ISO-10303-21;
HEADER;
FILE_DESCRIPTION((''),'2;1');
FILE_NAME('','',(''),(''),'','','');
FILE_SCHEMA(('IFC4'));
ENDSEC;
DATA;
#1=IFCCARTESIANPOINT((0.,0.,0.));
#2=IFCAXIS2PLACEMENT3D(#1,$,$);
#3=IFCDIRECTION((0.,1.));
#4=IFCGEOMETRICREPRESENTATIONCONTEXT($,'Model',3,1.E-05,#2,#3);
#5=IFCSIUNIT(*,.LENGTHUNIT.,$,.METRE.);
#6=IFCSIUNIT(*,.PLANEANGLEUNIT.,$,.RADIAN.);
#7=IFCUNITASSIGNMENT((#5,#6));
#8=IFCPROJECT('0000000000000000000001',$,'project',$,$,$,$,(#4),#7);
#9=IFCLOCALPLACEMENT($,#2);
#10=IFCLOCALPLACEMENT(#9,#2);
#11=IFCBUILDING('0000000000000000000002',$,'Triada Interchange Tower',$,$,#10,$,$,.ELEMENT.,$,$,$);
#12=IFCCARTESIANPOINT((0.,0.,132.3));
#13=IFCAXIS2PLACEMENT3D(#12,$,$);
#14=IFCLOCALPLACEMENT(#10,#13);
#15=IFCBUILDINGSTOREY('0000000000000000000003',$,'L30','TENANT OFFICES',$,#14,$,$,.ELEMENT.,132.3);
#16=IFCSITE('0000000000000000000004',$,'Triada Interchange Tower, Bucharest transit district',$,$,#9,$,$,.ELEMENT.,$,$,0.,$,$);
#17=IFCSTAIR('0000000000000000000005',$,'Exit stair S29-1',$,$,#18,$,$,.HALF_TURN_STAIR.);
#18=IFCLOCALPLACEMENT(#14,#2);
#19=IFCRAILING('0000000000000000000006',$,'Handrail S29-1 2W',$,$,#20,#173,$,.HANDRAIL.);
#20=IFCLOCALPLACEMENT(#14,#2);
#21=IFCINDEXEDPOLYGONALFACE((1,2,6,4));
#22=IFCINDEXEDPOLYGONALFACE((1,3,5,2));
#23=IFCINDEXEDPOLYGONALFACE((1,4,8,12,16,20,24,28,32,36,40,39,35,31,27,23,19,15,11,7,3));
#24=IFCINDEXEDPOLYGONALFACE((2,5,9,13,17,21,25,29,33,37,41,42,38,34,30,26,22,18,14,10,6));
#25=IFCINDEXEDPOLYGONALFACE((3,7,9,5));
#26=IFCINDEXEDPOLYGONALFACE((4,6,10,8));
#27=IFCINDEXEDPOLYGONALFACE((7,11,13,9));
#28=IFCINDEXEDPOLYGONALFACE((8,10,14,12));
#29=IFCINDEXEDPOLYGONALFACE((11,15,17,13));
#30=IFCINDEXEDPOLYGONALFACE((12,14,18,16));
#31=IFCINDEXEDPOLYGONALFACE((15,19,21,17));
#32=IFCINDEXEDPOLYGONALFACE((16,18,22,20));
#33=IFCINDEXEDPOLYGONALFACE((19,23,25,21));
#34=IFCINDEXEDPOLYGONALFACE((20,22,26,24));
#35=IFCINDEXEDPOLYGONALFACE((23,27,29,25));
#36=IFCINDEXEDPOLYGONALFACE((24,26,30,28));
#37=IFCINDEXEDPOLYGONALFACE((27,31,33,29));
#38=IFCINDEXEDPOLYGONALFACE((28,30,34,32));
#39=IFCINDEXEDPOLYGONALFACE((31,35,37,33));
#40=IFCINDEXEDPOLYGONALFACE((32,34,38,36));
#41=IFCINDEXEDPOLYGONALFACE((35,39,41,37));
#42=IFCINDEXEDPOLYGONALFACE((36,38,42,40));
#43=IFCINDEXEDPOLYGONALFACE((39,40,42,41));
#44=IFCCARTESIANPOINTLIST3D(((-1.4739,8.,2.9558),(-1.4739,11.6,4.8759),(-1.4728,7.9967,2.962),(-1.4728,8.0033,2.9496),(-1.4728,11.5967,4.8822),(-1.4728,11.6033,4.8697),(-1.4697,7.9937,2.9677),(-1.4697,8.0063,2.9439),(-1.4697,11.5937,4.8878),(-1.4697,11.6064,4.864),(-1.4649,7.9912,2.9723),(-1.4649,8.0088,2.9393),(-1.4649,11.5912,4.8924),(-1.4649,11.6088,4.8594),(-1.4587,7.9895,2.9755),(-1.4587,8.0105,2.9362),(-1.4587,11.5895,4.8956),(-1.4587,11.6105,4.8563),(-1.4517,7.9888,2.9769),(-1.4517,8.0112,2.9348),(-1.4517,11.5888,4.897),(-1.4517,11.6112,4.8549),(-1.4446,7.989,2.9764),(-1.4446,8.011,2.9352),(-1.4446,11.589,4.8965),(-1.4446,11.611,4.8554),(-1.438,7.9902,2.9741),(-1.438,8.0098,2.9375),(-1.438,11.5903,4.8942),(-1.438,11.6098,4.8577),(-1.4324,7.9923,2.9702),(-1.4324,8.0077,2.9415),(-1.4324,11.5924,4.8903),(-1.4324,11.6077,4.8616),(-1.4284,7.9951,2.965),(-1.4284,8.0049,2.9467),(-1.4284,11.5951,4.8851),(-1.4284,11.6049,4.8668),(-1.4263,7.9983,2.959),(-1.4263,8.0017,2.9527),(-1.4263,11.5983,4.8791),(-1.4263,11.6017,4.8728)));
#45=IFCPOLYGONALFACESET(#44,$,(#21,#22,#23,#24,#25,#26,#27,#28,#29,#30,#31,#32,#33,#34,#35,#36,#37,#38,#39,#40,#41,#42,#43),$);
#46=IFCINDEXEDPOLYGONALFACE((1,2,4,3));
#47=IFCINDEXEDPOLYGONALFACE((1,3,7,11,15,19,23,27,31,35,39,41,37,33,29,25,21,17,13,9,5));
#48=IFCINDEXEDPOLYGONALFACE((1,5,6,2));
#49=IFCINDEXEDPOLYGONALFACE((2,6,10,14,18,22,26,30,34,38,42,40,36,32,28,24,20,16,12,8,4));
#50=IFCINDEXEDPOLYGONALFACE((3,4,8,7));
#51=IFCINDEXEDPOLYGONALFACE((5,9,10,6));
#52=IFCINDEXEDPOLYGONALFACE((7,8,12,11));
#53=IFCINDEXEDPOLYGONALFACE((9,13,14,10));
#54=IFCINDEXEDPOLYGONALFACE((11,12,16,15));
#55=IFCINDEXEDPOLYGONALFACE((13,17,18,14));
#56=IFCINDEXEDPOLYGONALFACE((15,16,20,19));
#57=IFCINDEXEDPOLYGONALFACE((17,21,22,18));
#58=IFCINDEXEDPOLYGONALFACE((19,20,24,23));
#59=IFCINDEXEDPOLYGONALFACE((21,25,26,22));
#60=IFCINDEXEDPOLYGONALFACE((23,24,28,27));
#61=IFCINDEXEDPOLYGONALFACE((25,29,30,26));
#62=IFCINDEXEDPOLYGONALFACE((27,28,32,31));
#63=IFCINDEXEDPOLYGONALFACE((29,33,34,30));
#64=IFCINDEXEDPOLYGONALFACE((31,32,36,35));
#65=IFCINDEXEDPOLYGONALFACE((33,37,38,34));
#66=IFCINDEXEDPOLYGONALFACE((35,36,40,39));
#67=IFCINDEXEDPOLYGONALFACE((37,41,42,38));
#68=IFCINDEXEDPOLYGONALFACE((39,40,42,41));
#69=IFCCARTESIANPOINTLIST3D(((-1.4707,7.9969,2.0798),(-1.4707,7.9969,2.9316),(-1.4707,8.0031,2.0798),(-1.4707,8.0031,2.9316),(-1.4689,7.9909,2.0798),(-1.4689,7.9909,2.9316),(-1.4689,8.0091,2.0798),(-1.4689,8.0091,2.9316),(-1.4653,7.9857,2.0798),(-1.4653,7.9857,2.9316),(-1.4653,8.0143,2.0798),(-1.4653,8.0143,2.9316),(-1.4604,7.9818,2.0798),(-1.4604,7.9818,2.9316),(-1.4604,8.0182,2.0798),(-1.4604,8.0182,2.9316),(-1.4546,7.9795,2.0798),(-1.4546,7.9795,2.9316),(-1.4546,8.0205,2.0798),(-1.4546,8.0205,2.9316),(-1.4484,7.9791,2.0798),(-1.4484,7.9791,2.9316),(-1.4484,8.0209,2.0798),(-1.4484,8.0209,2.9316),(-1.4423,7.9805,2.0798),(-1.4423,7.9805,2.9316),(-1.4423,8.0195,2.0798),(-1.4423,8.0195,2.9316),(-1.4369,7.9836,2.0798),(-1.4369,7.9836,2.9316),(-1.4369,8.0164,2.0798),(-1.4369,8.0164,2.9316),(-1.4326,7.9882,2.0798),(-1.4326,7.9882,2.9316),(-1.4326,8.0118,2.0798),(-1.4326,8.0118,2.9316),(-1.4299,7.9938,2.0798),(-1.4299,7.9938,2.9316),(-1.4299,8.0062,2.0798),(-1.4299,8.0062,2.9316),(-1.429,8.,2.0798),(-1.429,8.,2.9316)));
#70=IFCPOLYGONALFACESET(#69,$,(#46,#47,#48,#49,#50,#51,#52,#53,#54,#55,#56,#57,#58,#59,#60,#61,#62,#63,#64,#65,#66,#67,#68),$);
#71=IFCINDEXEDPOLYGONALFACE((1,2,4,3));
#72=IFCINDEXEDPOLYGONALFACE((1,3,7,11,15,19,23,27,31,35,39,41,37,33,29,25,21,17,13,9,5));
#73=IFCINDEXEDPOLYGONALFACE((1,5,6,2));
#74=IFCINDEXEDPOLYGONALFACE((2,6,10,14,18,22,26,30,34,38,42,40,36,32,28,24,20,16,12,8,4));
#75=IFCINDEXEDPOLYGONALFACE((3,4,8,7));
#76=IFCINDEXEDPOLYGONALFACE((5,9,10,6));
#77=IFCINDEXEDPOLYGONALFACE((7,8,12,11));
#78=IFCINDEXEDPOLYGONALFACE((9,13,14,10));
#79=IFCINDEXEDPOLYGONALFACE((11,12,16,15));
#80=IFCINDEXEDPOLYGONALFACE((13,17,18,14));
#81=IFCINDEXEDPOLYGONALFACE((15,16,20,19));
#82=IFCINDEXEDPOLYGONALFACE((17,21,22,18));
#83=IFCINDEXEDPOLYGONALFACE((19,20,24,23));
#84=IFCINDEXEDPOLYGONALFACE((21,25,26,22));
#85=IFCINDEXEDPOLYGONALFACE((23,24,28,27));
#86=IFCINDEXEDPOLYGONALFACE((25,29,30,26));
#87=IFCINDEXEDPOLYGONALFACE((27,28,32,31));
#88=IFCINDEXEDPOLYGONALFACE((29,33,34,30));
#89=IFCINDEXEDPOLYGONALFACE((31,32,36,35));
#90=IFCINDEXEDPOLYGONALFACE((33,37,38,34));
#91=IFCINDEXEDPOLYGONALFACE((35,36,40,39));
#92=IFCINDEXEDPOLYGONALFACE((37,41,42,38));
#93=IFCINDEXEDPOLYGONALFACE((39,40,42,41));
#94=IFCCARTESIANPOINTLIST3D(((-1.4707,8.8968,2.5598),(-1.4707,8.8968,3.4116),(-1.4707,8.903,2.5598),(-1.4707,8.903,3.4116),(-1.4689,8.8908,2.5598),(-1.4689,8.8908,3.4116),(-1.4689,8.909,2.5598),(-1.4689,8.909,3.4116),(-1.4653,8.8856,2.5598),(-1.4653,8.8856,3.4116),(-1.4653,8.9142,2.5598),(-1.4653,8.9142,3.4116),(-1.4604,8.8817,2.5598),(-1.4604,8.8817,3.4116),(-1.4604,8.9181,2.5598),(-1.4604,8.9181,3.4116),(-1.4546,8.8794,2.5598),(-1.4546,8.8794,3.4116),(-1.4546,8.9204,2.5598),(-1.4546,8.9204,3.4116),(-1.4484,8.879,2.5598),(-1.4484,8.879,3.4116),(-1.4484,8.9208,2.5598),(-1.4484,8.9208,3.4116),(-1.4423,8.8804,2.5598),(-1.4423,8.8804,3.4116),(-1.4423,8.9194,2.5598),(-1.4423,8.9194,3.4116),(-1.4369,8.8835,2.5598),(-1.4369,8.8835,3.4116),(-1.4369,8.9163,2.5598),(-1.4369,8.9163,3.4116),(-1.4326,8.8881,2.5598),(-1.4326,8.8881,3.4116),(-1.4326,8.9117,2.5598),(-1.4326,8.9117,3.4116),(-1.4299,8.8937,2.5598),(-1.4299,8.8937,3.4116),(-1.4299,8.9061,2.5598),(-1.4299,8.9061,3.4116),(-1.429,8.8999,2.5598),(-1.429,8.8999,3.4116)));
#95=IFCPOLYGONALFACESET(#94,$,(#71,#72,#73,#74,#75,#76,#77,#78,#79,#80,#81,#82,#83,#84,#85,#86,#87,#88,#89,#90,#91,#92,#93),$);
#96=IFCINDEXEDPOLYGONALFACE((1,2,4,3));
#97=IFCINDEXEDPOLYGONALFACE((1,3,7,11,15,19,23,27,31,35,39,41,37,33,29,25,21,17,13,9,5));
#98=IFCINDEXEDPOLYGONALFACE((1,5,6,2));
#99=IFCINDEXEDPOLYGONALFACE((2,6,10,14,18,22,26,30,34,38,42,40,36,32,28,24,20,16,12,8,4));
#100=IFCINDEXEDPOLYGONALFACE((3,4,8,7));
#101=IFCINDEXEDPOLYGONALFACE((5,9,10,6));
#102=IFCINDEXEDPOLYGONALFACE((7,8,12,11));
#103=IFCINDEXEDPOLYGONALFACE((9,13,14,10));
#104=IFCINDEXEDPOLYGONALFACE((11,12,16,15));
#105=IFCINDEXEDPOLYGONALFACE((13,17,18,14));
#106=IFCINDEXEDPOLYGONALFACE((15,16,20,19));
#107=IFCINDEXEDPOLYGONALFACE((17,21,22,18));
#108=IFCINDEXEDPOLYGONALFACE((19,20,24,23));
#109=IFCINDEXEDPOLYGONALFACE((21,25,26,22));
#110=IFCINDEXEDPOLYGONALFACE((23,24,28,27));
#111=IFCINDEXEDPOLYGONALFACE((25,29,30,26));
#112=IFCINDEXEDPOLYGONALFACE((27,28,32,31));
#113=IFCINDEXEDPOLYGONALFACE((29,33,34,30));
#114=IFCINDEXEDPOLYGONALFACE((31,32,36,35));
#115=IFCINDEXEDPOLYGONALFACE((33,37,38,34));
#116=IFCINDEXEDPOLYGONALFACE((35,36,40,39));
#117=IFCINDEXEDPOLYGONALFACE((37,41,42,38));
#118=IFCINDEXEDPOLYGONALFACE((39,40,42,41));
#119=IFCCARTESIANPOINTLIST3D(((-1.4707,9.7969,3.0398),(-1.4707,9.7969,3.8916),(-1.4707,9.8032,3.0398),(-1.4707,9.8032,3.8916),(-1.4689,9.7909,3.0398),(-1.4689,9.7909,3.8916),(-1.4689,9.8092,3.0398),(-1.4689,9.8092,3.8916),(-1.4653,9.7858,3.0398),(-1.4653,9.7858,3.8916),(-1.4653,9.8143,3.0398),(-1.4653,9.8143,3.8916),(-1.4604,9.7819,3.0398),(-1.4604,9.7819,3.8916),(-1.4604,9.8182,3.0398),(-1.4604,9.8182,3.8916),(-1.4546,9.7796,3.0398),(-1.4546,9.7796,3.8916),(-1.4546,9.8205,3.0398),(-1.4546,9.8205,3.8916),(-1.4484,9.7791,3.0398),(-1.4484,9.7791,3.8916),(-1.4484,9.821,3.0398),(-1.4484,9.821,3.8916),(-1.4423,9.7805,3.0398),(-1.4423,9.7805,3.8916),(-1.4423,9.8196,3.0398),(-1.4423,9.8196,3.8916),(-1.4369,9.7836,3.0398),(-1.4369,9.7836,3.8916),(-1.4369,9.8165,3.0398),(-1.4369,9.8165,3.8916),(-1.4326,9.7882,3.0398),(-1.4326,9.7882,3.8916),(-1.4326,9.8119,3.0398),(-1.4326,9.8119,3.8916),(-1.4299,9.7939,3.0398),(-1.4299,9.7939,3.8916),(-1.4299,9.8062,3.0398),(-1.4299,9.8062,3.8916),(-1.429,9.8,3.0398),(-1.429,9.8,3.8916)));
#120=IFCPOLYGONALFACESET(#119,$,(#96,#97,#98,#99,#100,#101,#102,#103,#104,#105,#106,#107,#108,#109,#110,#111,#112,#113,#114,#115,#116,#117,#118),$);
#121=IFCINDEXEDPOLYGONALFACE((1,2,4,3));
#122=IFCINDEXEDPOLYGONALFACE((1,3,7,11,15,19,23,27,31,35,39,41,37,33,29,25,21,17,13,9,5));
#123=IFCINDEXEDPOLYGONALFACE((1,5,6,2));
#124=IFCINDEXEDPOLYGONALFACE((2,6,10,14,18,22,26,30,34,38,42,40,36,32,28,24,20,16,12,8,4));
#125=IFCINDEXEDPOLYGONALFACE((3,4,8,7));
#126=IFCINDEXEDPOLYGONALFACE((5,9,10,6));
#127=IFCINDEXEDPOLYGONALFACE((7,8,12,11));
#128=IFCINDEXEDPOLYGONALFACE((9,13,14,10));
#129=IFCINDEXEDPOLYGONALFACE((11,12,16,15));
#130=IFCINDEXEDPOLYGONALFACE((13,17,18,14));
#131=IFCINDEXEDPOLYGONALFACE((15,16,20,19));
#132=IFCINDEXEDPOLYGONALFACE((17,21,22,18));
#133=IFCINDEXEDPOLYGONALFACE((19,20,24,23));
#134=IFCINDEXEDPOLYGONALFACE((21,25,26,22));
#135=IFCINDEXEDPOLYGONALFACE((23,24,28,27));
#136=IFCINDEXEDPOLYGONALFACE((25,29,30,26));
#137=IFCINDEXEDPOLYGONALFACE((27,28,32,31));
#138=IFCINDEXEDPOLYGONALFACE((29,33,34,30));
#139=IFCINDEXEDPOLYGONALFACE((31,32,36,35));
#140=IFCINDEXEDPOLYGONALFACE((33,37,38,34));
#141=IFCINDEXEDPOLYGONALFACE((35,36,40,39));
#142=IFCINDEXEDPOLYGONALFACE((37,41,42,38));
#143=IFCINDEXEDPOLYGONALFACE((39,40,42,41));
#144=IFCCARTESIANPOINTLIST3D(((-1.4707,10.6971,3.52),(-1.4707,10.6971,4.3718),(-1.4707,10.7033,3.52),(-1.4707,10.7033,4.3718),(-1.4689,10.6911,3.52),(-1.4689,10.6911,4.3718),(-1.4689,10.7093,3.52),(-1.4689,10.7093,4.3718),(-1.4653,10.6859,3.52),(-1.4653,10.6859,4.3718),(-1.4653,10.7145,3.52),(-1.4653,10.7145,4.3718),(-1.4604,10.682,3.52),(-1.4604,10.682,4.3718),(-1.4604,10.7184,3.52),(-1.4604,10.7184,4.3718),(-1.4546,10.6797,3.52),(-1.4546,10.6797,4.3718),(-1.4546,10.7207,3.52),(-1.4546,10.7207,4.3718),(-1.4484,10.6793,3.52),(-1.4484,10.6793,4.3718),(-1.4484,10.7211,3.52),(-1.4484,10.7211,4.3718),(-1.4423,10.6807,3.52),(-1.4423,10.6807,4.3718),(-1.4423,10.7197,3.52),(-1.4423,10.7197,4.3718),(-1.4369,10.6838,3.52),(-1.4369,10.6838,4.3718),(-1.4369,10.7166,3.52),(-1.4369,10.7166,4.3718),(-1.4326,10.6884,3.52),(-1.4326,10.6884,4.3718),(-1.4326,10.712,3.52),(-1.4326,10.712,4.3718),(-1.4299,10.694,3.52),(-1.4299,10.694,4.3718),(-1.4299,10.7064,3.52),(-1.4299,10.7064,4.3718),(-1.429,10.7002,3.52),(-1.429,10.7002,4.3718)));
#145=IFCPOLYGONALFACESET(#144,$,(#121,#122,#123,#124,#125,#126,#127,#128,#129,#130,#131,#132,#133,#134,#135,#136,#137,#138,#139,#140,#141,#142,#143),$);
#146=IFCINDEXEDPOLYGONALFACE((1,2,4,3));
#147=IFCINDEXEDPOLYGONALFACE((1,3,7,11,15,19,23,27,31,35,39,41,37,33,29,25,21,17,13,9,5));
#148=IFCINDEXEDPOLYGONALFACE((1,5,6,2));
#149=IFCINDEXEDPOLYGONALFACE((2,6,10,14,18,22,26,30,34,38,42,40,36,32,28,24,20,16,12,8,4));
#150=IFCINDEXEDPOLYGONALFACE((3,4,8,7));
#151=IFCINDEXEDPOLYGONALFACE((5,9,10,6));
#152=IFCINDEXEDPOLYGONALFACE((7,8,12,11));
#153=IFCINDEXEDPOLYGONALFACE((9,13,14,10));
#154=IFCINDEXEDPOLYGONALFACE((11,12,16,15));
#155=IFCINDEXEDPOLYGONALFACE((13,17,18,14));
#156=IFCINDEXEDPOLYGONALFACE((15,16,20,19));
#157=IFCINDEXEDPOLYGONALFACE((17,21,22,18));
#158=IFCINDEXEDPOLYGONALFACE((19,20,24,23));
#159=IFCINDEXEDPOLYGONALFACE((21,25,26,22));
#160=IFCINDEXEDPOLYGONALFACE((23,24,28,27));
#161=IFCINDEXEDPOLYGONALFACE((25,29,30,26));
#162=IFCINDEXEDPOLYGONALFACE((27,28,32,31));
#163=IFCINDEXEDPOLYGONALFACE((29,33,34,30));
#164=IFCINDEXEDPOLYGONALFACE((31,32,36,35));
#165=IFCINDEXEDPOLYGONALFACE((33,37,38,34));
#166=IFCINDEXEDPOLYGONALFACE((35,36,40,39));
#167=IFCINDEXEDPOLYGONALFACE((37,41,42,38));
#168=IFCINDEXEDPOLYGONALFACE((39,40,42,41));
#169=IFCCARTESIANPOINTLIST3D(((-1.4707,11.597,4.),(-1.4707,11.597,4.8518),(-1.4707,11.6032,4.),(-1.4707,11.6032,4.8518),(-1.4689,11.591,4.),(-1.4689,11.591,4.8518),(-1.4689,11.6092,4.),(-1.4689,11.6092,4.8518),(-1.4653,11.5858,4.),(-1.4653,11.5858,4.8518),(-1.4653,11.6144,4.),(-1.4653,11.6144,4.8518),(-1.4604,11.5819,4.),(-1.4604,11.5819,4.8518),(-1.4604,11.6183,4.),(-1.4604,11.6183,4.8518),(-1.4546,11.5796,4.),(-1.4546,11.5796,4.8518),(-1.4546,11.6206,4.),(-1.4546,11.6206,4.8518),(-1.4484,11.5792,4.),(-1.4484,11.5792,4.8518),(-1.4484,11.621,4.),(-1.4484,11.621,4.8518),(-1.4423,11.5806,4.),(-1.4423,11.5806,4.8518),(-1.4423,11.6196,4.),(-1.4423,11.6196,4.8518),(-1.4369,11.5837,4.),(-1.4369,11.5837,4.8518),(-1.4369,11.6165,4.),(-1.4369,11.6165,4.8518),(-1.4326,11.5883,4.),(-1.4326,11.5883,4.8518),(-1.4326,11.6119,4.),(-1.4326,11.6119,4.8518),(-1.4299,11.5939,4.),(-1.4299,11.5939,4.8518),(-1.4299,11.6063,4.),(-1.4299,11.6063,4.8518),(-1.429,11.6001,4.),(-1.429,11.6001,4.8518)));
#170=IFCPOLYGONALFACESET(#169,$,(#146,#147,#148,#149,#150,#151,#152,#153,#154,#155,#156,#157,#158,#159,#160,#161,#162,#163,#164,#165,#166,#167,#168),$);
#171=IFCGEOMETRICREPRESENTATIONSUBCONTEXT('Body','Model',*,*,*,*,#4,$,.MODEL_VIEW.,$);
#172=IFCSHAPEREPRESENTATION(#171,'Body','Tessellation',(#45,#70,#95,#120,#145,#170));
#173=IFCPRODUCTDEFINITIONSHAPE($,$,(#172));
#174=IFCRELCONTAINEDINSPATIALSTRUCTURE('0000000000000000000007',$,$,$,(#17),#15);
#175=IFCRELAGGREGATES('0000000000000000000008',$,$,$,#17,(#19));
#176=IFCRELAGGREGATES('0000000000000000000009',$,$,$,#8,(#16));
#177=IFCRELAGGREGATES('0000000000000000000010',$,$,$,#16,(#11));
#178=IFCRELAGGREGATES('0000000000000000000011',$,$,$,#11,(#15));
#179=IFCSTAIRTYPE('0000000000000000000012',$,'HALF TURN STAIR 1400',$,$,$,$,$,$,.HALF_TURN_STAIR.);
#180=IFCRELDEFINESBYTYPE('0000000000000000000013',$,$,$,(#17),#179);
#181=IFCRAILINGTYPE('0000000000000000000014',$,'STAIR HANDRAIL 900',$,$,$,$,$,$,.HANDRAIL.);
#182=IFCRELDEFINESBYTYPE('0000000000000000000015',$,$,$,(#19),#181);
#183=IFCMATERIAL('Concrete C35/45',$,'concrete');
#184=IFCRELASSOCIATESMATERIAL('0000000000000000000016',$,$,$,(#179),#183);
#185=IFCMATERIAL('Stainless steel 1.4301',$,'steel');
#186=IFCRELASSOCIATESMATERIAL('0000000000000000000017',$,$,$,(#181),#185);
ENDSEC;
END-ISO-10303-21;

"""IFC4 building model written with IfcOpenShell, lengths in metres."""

from ifc_helpers import new_model, si_unit, direction, frame, origin, origin_2d, place, context, subcontext, project, spatial, circle, extrude, material, type_object, element, aggregate, save


model = new_model("IFC4")

# Units and contexts
model_context = context("Model", 3, precision=1e-05, world=origin(), true_north=direction((0.0, 1.0)))
body_context = subcontext(model_context, "Body", "Model", "MODEL_VIEW")
ifc_project = project(units=[si_unit("LENGTHUNIT", "METRE"), si_unit("PLANEANGLEUNIT", "RADIAN")], contexts=[model_context])

# Site, building, storey
site_placement = place(None, origin())
site = spatial("IfcSite", under=ifc_project, at=site_placement, Name="Triada Interchange Tower, Bucharest transit district", CompositionType="ELEMENT", RefElevation=0.0)
building_placement = place(site_placement, origin())
building = spatial("IfcBuilding", under=site, at=building_placement, Name="Triada Interchange Tower", CompositionType="ELEMENT")
storey_placement = place(building_placement, frame((0.0, 0.0, 132.3)))
storey = spatial("IfcBuildingStorey", under=building, at=storey_placement, Name="L30", Description="TENANT OFFICES", CompositionType="ELEMENT", Elevation=132.3)

# Stair, railing
ifc_material_1 = material(Name="Concrete C35/45", Category="concrete")
stair_type = type_object("IfcStairType", Name="HALF TURN STAIR 1400", PredefinedType="HALF_TURN_STAIR", material=ifc_material_1)
stair_placement = place(storey_placement, origin())
stair = element("IfcStair", 1, at=stair_placement, inside=storey, type_object=stair_type, Name="Exit stair S29-1", PredefinedType="HALF_TURN_STAIR")
ifc_material_2 = material(Name="Stainless steel 1.4301", Category="steel")
railing_type = type_object("IfcRailingType", Name="STAIR HANDRAIL 900", PredefinedType="HANDRAIL", material=ifc_material_2)
railing_1_placement = place(storey_placement, frame((-1.45, 8.0, 2.0798)))
railing_1 = element("IfcRailing", 2, at=railing_1_placement, type_object=railing_type, Name="Handrail S29-1 2W", PredefinedType="HANDRAIL", context=body_context, shape_type="SweptSolid", body=[
    extrude(circle(Radius=0.0239, at=origin_2d()), frame((0.0, 0.0, 0.876), z_axis=(0.0, 0.882341, 0.47061), x_axis=(-1.0, 0.0, 0.0)), (0.0, 0.0, 1.0), 4.0801),
    extrude(circle(Radius=0.021, at=origin_2d()), origin(), (0.0, 0.0, 1.0), 0.8518),
    extrude(circle(Radius=0.021, at=origin_2d()), frame((0.0, 0.8999, 0.48)), (0.0, 0.0, 1.0), 0.8518),
    extrude(circle(Radius=0.021, at=origin_2d()), frame((0.0, 1.8, 0.96)), (0.0, 0.0, 1.0), 0.8518),
    extrude(circle(Radius=0.021, at=origin_2d()), frame((0.0, 2.7002, 1.4402)), (0.0, 0.0, 1.0), 0.8518),
    extrude(circle(Radius=0.021, at=origin_2d()), frame((0.0, 3.6001, 1.9202)), (0.0, 0.0, 1.0), 0.8518),
])
aggregate(stair, [railing_1])

save(model, "model.ifc")
